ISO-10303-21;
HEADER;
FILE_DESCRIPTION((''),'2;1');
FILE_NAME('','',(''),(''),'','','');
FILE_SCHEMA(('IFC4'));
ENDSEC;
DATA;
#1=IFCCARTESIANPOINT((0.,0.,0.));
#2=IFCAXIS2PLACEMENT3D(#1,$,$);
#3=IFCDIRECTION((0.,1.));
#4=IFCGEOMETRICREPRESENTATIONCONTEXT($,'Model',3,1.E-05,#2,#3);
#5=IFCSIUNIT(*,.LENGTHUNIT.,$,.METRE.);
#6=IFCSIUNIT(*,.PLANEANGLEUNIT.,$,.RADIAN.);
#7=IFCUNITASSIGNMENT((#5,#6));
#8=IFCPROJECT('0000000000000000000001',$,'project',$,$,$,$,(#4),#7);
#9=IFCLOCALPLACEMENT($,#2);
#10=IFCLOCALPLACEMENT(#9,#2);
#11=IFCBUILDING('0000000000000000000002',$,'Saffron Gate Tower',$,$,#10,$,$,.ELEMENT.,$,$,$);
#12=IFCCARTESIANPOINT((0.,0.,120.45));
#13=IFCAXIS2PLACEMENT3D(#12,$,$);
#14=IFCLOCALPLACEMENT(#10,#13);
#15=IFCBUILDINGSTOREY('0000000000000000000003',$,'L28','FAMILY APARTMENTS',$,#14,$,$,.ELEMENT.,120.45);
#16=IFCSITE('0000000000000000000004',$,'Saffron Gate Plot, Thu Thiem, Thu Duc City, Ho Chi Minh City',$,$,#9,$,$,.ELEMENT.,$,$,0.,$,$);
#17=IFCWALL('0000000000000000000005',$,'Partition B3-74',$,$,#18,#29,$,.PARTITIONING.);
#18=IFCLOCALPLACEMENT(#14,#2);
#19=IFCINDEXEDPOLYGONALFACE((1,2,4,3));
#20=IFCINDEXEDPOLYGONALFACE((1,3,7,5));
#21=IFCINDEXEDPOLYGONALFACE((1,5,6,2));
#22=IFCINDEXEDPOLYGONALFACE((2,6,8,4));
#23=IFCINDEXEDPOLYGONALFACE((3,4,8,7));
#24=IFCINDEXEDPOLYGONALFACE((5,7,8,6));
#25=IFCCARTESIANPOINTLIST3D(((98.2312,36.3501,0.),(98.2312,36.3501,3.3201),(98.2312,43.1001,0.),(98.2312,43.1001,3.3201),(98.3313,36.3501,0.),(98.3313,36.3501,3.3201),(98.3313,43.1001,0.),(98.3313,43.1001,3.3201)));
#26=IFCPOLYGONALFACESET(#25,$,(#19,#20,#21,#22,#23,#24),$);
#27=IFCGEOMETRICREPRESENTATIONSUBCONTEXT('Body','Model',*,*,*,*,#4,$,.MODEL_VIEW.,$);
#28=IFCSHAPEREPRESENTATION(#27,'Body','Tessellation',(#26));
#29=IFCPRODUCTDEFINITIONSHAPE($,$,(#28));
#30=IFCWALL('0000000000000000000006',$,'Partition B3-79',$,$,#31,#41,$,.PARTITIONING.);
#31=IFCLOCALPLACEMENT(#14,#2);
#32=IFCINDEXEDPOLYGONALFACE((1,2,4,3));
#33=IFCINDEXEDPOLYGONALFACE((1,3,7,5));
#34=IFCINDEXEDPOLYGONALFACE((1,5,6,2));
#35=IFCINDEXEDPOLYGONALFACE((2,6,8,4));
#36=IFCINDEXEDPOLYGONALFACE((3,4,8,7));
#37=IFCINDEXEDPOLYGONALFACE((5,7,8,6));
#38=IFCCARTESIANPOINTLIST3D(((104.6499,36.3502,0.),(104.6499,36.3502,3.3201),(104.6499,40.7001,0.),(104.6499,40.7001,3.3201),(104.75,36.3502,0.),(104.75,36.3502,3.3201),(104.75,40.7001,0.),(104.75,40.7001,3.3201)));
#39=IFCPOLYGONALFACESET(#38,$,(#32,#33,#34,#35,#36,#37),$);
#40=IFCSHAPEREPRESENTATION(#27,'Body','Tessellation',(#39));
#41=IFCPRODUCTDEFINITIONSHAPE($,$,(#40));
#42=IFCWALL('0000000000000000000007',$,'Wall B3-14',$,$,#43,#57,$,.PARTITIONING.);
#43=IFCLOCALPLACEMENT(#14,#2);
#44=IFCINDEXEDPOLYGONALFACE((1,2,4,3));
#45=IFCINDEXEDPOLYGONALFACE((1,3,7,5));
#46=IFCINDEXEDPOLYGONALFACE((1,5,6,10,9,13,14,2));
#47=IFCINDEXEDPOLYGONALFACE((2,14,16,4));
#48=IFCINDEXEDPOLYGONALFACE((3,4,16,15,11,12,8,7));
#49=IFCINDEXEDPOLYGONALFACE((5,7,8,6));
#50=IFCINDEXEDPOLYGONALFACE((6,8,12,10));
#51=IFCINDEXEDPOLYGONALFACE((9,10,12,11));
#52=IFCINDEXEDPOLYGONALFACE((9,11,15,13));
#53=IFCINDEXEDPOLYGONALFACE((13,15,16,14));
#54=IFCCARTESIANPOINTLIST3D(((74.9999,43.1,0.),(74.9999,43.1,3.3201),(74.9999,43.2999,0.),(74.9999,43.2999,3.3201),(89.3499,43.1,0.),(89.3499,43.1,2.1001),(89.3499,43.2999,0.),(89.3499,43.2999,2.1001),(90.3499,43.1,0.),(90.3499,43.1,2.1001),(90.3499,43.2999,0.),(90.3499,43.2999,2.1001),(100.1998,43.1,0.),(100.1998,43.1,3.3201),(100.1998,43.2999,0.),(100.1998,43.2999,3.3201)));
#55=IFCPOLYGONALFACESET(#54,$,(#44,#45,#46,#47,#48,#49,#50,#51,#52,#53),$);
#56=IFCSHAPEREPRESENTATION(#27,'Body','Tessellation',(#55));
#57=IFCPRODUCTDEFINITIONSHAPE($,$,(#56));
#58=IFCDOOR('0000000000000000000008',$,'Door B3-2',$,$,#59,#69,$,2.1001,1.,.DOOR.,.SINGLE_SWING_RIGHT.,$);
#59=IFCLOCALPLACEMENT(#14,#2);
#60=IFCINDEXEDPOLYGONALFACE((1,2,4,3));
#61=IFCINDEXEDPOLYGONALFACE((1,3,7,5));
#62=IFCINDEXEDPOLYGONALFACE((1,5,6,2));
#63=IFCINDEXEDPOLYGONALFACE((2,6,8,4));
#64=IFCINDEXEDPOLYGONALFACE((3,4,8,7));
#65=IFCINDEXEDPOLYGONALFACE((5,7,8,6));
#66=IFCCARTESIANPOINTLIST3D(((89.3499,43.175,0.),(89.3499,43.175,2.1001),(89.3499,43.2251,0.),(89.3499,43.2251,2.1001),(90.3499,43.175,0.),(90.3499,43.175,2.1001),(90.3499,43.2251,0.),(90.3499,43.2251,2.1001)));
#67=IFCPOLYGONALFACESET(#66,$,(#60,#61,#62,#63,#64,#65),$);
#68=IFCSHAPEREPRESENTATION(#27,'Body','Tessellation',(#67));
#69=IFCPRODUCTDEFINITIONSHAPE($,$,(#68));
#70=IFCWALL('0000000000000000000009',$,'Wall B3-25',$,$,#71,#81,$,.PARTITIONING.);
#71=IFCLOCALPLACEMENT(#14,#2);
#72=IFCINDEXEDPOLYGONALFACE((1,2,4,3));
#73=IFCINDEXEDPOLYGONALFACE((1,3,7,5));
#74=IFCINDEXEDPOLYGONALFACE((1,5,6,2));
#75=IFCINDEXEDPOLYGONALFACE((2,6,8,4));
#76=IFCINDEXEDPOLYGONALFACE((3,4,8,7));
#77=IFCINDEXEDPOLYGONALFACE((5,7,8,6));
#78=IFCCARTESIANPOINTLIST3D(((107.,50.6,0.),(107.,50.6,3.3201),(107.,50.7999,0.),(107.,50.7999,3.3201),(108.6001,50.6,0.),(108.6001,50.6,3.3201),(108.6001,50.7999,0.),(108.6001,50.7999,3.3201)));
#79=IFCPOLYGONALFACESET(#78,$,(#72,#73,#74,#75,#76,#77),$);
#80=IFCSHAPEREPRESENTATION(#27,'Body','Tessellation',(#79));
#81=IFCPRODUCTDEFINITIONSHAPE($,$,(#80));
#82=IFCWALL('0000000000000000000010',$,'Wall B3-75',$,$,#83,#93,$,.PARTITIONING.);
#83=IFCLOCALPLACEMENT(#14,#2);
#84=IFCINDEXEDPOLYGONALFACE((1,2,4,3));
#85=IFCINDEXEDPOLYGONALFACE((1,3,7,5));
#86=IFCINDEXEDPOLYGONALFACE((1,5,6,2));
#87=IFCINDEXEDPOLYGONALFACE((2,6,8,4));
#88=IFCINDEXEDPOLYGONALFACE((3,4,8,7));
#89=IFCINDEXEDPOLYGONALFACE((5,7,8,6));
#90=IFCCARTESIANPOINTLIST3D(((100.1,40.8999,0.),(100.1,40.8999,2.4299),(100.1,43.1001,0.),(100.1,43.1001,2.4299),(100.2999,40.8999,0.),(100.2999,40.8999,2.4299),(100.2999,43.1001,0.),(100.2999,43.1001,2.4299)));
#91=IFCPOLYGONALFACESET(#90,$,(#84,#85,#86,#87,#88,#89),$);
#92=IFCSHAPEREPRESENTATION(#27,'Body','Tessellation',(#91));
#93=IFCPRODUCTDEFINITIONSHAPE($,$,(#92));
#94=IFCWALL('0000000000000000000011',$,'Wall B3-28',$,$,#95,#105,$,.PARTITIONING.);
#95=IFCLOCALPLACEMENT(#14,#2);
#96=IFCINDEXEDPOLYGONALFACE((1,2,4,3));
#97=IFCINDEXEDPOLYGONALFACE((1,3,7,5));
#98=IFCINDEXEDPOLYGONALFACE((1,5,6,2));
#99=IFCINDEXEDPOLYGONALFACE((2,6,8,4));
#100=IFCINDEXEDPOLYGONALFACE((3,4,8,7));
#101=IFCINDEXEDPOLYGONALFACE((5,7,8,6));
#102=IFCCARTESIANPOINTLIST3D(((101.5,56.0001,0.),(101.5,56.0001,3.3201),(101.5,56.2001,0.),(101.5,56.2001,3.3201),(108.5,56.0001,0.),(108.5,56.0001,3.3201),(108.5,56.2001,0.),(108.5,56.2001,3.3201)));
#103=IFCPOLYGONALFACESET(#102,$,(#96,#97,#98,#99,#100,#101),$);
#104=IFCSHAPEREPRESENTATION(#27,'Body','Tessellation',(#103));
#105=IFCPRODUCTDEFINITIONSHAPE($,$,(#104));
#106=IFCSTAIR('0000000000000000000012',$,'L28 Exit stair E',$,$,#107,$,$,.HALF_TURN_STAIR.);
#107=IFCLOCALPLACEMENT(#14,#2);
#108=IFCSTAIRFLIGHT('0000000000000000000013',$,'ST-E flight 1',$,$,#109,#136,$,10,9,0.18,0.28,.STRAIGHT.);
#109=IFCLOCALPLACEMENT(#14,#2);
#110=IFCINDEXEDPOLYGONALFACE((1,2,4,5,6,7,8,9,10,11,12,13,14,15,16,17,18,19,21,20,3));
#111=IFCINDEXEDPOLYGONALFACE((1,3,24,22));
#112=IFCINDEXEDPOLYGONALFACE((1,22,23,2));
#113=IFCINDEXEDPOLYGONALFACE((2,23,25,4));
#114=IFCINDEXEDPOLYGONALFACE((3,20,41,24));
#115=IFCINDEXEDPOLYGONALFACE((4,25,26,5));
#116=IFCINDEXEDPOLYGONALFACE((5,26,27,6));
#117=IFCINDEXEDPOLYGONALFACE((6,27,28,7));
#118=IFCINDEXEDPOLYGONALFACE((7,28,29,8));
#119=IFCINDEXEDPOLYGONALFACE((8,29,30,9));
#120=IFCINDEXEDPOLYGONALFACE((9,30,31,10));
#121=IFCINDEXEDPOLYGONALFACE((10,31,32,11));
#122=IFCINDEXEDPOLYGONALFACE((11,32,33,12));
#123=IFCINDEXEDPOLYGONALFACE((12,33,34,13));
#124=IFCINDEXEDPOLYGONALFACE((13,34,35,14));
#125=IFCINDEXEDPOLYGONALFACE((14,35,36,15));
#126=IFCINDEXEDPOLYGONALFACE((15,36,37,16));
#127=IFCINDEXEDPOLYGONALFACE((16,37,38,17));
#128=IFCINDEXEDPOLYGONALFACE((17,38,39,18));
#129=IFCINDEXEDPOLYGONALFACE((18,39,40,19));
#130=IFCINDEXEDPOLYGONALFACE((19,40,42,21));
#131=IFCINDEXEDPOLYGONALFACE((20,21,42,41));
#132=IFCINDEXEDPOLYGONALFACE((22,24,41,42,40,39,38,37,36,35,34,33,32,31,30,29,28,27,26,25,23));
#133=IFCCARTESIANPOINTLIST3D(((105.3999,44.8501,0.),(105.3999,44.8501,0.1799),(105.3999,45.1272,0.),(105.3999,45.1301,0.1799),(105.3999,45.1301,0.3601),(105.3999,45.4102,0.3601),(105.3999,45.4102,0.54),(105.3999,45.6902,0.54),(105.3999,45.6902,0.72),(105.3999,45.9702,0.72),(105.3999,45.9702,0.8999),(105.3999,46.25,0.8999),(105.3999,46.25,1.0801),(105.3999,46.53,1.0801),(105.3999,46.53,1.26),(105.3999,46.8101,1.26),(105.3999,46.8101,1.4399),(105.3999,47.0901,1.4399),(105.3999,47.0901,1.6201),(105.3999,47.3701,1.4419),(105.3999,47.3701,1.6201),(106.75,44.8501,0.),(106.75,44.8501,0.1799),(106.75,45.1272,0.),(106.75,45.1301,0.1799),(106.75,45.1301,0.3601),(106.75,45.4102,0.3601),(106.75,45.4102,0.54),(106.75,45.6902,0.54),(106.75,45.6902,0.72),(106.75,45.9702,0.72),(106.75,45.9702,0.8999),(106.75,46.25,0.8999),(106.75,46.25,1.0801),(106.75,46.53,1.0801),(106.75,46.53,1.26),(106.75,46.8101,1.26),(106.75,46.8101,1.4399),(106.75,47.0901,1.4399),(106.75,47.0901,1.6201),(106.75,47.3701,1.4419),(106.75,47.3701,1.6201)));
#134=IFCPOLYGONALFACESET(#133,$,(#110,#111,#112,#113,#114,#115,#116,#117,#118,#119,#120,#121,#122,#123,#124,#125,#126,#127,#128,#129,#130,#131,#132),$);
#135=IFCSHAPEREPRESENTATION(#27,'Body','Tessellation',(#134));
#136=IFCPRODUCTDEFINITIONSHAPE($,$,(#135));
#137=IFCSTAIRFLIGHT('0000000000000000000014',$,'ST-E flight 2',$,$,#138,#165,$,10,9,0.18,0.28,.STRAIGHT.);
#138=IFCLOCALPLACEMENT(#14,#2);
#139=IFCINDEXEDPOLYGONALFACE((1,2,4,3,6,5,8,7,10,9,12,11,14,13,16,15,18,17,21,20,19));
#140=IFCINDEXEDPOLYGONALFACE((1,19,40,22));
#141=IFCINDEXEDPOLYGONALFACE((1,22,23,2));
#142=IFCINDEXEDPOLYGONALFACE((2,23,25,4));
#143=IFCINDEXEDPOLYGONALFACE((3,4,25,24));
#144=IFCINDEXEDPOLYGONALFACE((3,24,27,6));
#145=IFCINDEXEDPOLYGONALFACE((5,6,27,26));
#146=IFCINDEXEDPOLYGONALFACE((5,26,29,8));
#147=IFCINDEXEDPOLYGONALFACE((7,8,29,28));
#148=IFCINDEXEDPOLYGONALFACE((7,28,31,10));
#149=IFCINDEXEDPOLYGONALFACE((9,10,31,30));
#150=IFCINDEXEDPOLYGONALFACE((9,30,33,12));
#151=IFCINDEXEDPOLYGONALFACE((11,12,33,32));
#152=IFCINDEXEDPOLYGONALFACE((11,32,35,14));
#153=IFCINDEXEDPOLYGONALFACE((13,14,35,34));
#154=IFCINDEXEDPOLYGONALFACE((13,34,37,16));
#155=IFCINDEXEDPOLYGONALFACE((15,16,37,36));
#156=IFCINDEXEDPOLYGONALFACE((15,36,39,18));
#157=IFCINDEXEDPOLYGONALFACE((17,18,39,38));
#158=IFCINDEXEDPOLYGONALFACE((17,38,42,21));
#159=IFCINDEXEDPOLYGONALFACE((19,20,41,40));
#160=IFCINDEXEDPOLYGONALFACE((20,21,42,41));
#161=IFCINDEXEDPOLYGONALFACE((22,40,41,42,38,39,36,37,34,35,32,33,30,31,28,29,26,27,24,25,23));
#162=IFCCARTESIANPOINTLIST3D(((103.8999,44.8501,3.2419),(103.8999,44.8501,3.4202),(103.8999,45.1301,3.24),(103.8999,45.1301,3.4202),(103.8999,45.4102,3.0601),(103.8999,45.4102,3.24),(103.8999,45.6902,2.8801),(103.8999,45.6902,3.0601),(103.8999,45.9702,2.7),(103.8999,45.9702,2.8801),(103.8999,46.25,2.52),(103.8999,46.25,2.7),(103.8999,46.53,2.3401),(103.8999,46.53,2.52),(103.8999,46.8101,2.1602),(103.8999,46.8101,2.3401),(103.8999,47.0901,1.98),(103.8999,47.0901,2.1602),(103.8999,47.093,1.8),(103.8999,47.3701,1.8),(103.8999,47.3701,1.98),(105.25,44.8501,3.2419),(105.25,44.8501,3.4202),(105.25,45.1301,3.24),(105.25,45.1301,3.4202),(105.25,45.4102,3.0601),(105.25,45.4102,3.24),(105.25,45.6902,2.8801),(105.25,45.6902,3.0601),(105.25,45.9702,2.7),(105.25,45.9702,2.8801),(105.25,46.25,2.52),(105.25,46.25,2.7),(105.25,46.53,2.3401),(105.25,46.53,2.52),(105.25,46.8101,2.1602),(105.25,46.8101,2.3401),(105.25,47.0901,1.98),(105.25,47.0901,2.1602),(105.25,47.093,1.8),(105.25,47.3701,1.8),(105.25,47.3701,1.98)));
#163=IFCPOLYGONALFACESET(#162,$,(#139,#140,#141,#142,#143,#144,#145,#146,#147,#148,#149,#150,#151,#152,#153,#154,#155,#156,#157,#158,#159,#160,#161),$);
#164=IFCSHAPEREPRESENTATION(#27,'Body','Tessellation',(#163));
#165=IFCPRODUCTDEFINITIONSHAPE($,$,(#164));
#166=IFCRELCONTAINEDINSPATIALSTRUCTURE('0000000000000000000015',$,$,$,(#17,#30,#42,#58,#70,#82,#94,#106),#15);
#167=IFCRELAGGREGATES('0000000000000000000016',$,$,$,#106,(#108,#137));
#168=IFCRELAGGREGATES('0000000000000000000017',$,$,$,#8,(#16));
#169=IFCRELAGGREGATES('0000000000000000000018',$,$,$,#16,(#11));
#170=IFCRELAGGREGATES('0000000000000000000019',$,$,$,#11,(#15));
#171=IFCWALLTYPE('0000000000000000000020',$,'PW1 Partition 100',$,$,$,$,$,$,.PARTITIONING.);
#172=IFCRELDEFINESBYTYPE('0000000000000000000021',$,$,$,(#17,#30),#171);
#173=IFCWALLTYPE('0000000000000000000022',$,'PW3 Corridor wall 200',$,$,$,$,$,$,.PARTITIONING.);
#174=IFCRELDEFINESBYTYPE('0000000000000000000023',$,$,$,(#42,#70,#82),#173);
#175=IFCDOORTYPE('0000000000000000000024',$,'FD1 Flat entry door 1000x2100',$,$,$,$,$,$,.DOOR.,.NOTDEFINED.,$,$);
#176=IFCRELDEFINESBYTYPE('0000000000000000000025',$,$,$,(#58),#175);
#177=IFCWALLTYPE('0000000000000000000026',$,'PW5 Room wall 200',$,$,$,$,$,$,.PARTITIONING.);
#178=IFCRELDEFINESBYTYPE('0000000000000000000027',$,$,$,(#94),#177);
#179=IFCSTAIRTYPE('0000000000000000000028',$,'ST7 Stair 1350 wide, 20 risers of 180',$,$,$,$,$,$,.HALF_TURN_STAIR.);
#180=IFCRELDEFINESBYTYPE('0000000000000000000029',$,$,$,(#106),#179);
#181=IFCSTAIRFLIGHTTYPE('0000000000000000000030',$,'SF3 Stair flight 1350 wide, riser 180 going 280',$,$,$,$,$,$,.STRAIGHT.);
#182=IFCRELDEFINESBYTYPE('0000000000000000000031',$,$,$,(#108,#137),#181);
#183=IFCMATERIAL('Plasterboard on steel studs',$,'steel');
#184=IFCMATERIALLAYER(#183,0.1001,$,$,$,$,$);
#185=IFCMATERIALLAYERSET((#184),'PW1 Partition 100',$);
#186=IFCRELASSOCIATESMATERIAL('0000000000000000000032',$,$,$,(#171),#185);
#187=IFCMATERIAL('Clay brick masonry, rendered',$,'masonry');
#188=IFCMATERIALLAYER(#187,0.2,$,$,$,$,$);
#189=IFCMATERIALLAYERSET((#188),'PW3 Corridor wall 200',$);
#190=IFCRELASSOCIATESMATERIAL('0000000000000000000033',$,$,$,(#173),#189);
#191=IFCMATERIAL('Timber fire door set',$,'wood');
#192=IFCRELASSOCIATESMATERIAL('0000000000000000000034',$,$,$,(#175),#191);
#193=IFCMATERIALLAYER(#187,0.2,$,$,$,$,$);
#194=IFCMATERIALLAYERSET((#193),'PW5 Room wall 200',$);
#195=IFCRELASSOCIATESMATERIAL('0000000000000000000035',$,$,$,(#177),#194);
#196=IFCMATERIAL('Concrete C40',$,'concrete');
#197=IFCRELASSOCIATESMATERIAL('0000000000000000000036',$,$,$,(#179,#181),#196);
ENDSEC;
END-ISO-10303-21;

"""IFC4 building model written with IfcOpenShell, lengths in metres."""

from ifc_helpers import new_model, si_unit, direction, frame, frame_2d, origin, place, context, subcontext, project, spatial, polyline, rectangle, outline, extrude, material, layer, layer_set, type_object, element, fill, aggregate, save


model = new_model("IFC4")

# Units and contexts
model_context = context("Model", 3, precision=1e-05, world=origin(), true_north=direction((0.0, 1.0)))
body_context = subcontext(model_context, "Body", "Model", "MODEL_VIEW")
ifc_project = project(units=[si_unit("LENGTHUNIT", "METRE"), si_unit("PLANEANGLEUNIT", "RADIAN")], contexts=[model_context])

# Site, building, storey
site_placement = place(None, origin())
site = spatial("IfcSite", under=ifc_project, at=site_placement, Name="Saffron Gate Plot, Thu Thiem, Thu Duc City, Ho Chi Minh City", CompositionType="ELEMENT", RefElevation=0.0)
building_placement = place(site_placement, origin())
building = spatial("IfcBuilding", under=site, at=building_placement, Name="Saffron Gate Tower", CompositionType="ELEMENT")
storey_placement = place(building_placement, frame((0.0, 0.0, 120.45)))
storey = spatial("IfcBuildingStorey", under=building, at=storey_placement, Name="L28", Description="FAMILY APARTMENTS", CompositionType="ELEMENT", Elevation=120.45)

# Shared definitions
ifc_material_1 = material(Name="Plasterboard on steel studs", Category="steel")
ifc_layer_1 = layer(ifc_material_1, 0.1001)
ifc_layer_set_1 = layer_set([ifc_layer_1], Name="PW1 Partition 100")
wall_type_1 = type_object("IfcWallType", Name="PW1 Partition 100", PredefinedType="PARTITIONING", material=ifc_layer_set_1)

# Walls
for number, where, z_axis, x_axis, name in (
    (1, (98.2812, 43.1001, 0.0), (0.0, 0.0, 1.0), (0.0, -1.0, 0.0), "Partition B3-74"),
):
    element("IfcWall", number, at=place(storey_placement, frame(where, z_axis=z_axis, x_axis=x_axis)), inside=storey, type_object=wall_type_1, Name=name, PredefinedType="PARTITIONING", context=body_context, shape_type="SweptSolid", body=[
        extrude(rectangle(XDim=6.75, YDim=0.1001, at=frame_2d((3.375, 0.0))), origin(), (0.0, 0.0, 1.0), 3.3201),
    ])
wall_1_placement = place(storey_placement, frame((104.7, 40.7, 0.0), z_axis=(0.0, 0.0, 1.0), x_axis=(0.0, -1.0, 0.0)))
element("IfcWall", 2, at=wall_1_placement, inside=storey, type_object=wall_type_1, Name="Partition B3-79", PredefinedType="PARTITIONING", context=body_context, shape_type="SweptSolid", body=[
    extrude(rectangle(XDim=4.3499, YDim=0.1001, at=frame_2d((2.1748, 0.0))), origin(), (0.0, 0.0, 1.0), 3.3201),
])

# Wall, opening, door
ifc_material_2 = material(Name="Clay brick masonry, rendered", Category="masonry")
ifc_layer_2 = layer(ifc_material_2, 0.2)
ifc_layer_set_2 = layer_set([ifc_layer_2], Name="PW3 Corridor wall 200")
wall_type_2 = type_object("IfcWallType", Name="PW3 Corridor wall 200", PredefinedType="PARTITIONING", material=ifc_layer_set_2)
wall_2_placement = place(storey_placement, frame((100.2, 43.2, 0.0), z_axis=(0.0, 0.0, 1.0), x_axis=(-1.0, 0.0, 0.0)))
wall_2 = element("IfcWall", 3, at=wall_2_placement, inside=storey, type_object=wall_type_2, Name="Wall B3-14", PredefinedType="PARTITIONING", context=body_context, shape_type="SweptSolid", body=[
    extrude(rectangle(XDim=25.2, YDim=0.2, at=frame_2d((12.6001, 0.0))), origin(), (0.0, 0.0, 1.0), 3.3201),
])
opening_1_placement = place(wall_2_placement, frame((9.8501, 0.0, 0.0)))
opening_1 = element("IfcOpeningElement", 4, at=opening_1_placement, cuts=wall_2, PredefinedType="OPENING", context=body_context, shape_type="SweptSolid", body=[
    extrude(rectangle(XDim=1.0, YDim=2.1001, at=frame_2d((0.5, 1.05))), frame((0.0, 0.1099, 0.0), z_axis=(0.0, -1.0, 0.0), x_axis=(1.0, 0.0, 0.0)), (0.0, 0.0, 1.0), 0.22),
])
ifc_material_3 = material(Name="Timber fire door set", Category="wood")
door_type_1 = type_object("IfcDoorType", Name="FD1 Flat entry door 1000x2100", OperationType="NOTDEFINED", PredefinedType="DOOR", material=ifc_material_3)
door_1_placement = place(opening_1_placement, origin())
door_1 = element("IfcDoor", 5, at=door_1_placement, inside=storey, type_object=door_type_1, Name="Door B3-2", OperationType="SINGLE_SWING_RIGHT", OverallHeight=2.1001, OverallWidth=1.0, PredefinedType="DOOR", context=body_context, shape_type="SweptSolid", body=[
    extrude(rectangle(XDim=1.0, YDim=2.1001, at=frame_2d((0.5, 1.05))), frame((0.0, 0.0249, 0.0), z_axis=(0.0, -1.0, 0.0), x_axis=(1.0, 0.0, 0.0)), (0.0, 0.0, 1.0), 0.05),
])
fill(opening_1, door_1)

# Walls
wall_3_placement = place(storey_placement, frame((107.0, 50.7, 0.0), z_axis=(0.0, 0.0, 1.0), x_axis=(1.0, 0.0, 0.0)))
element("IfcWall", 6, at=wall_3_placement, inside=storey, type_object=wall_type_2, Name="Wall B3-25", PredefinedType="PARTITIONING", context=body_context, shape_type="SweptSolid", body=[
    extrude(rectangle(XDim=1.6001, YDim=0.2, at=frame_2d((0.8, 0.0))), origin(), (0.0, 0.0, 1.0), 3.3201),
])
wall_4_placement = place(storey_placement, frame((100.2, 43.1001, 0.0), z_axis=(0.0, 0.0, 1.0), x_axis=(0.0, -1.0, 0.0)))
element("IfcWall", 7, at=wall_4_placement, inside=storey, type_object=wall_type_2, Name="Wall B3-75", PredefinedType="PARTITIONING", context=body_context, shape_type="SweptSolid", body=[
    extrude(rectangle(XDim=2.2002, YDim=0.2, at=frame_2d((1.1001, 0.0))), origin(), (0.0, 0.0, 1.0), 2.4299),
])
ifc_layer_3 = layer(ifc_material_2, 0.2)
ifc_layer_set_3 = layer_set([ifc_layer_3], Name="PW5 Room wall 200")
wall_type_3 = type_object("IfcWallType", Name="PW5 Room wall 200", PredefinedType="PARTITIONING", material=ifc_layer_set_3)
wall_5_placement = place(storey_placement, frame((101.5, 56.1001, 0.0), z_axis=(0.0, 0.0, 1.0), x_axis=(1.0, 0.0, 0.0)))
element("IfcWall", 8, at=wall_5_placement, inside=storey, type_object=wall_type_3, Name="Wall B3-28", PredefinedType="PARTITIONING", context=body_context, shape_type="SweptSolid", body=[
    extrude(rectangle(XDim=7.0, YDim=0.2, at=frame_2d((3.5, 0.0))), origin(), (0.0, 0.0, 1.0), 3.3201),
])

# Stair, stair flights
ifc_material_4 = material(Name="Concrete C40", Category="concrete")
stair_type = type_object("IfcStairType", Name="ST7 Stair 1350 wide, 20 risers of 180", PredefinedType="HALF_TURN_STAIR", material=ifc_material_4)
stair_placement = place(storey_placement, origin())
stair = element("IfcStair", 9, at=stair_placement, inside=storey, type_object=stair_type, Name="L28 Exit stair E", PredefinedType="HALF_TURN_STAIR")
stair_flight_type = type_object("IfcStairFlightType", Name="SF3 Stair flight 1350 wide, riser 180 going 280", PredefinedType="STRAIGHT", material=ifc_material_4)
stair_flight_1_placement = place(storey_placement, frame((106.075, 44.8501, 0.0), z_axis=(0.0, 0.0, 1.0), x_axis=(0.0, 1.0, 0.0)))
stair_flight_1 = element("IfcStairFlight", 10, at=stair_flight_1_placement, type_object=stair_flight_type, Name="ST-E flight 1", NumberOfRisers=10, NumberOfTreads=9, PredefinedType="STRAIGHT", RiserHeight=0.18, TreadLength=0.28, context=body_context, shape_type="SweptSolid", body=[
    extrude(outline(polyline([(0.0, 0.0), (0.0, 0.1799), (0.28, 0.1799), (0.28, 0.3601), (0.5601, 0.3601), (0.5601, 0.54), (0.8401, 0.54), (0.8401, 0.72), (1.1201, 0.72), (1.1201, 0.8999), (1.3999, 0.8999), (1.3999, 1.0801), (1.6799, 1.0801), (1.6799, 1.26), (1.96, 1.26), (1.96, 1.4399), (2.24, 1.4399), (2.24, 1.6201), (2.52, 1.6201), (2.52, 1.8), (2.52, 1.4419), (0.2771, 0.0), (0.0, 0.0)])), frame((0.0, 0.675, 0.0), z_axis=(0.0, -1.0, 0.0), x_axis=(1.0, 0.0, 0.0)), (0.0, 0.0, 1.0), 1.3501),
])
stair_flight_2_placement = place(storey_placement, frame((104.575, 47.3701, 1.8), z_axis=(0.0, 0.0, 1.0), x_axis=(0.0, -1.0, 0.0)))
stair_flight_2 = element("IfcStairFlight", 11, at=stair_flight_2_placement, type_object=stair_flight_type, Name="ST-E flight 2", NumberOfRisers=10, NumberOfTreads=9, PredefinedType="STRAIGHT", RiserHeight=0.18, TreadLength=0.28, context=body_context, shape_type="SweptSolid", body=[
    extrude(outline(polyline([(0.0, 0.0), (0.0, 0.1799), (0.28, 0.1799), (0.28, 0.3601), (0.5601, 0.3601), (0.5601, 0.54), (0.8401, 0.54), (0.8401, 0.72), (1.1201, 0.72), (1.1201, 0.8999), (1.3999, 0.8999), (1.3999, 1.0801), (1.6799, 1.0801), (1.6799, 1.26), (1.96, 1.26), (1.96, 1.4399), (2.24, 1.4399), (2.24, 1.6201), (2.52, 1.6201), (2.52, 1.8), (2.52, 1.4419), (0.2771, 0.0), (0.0, 0.0)])), frame((0.0, 0.675, 0.0), z_axis=(0.0, -1.0, 0.0), x_axis=(1.0, 0.0, 0.0)), (0.0, 0.0, 1.0), 1.3501),
])
aggregate(stair, [stair_flight_1, stair_flight_2])

save(model, "model.ifc")
